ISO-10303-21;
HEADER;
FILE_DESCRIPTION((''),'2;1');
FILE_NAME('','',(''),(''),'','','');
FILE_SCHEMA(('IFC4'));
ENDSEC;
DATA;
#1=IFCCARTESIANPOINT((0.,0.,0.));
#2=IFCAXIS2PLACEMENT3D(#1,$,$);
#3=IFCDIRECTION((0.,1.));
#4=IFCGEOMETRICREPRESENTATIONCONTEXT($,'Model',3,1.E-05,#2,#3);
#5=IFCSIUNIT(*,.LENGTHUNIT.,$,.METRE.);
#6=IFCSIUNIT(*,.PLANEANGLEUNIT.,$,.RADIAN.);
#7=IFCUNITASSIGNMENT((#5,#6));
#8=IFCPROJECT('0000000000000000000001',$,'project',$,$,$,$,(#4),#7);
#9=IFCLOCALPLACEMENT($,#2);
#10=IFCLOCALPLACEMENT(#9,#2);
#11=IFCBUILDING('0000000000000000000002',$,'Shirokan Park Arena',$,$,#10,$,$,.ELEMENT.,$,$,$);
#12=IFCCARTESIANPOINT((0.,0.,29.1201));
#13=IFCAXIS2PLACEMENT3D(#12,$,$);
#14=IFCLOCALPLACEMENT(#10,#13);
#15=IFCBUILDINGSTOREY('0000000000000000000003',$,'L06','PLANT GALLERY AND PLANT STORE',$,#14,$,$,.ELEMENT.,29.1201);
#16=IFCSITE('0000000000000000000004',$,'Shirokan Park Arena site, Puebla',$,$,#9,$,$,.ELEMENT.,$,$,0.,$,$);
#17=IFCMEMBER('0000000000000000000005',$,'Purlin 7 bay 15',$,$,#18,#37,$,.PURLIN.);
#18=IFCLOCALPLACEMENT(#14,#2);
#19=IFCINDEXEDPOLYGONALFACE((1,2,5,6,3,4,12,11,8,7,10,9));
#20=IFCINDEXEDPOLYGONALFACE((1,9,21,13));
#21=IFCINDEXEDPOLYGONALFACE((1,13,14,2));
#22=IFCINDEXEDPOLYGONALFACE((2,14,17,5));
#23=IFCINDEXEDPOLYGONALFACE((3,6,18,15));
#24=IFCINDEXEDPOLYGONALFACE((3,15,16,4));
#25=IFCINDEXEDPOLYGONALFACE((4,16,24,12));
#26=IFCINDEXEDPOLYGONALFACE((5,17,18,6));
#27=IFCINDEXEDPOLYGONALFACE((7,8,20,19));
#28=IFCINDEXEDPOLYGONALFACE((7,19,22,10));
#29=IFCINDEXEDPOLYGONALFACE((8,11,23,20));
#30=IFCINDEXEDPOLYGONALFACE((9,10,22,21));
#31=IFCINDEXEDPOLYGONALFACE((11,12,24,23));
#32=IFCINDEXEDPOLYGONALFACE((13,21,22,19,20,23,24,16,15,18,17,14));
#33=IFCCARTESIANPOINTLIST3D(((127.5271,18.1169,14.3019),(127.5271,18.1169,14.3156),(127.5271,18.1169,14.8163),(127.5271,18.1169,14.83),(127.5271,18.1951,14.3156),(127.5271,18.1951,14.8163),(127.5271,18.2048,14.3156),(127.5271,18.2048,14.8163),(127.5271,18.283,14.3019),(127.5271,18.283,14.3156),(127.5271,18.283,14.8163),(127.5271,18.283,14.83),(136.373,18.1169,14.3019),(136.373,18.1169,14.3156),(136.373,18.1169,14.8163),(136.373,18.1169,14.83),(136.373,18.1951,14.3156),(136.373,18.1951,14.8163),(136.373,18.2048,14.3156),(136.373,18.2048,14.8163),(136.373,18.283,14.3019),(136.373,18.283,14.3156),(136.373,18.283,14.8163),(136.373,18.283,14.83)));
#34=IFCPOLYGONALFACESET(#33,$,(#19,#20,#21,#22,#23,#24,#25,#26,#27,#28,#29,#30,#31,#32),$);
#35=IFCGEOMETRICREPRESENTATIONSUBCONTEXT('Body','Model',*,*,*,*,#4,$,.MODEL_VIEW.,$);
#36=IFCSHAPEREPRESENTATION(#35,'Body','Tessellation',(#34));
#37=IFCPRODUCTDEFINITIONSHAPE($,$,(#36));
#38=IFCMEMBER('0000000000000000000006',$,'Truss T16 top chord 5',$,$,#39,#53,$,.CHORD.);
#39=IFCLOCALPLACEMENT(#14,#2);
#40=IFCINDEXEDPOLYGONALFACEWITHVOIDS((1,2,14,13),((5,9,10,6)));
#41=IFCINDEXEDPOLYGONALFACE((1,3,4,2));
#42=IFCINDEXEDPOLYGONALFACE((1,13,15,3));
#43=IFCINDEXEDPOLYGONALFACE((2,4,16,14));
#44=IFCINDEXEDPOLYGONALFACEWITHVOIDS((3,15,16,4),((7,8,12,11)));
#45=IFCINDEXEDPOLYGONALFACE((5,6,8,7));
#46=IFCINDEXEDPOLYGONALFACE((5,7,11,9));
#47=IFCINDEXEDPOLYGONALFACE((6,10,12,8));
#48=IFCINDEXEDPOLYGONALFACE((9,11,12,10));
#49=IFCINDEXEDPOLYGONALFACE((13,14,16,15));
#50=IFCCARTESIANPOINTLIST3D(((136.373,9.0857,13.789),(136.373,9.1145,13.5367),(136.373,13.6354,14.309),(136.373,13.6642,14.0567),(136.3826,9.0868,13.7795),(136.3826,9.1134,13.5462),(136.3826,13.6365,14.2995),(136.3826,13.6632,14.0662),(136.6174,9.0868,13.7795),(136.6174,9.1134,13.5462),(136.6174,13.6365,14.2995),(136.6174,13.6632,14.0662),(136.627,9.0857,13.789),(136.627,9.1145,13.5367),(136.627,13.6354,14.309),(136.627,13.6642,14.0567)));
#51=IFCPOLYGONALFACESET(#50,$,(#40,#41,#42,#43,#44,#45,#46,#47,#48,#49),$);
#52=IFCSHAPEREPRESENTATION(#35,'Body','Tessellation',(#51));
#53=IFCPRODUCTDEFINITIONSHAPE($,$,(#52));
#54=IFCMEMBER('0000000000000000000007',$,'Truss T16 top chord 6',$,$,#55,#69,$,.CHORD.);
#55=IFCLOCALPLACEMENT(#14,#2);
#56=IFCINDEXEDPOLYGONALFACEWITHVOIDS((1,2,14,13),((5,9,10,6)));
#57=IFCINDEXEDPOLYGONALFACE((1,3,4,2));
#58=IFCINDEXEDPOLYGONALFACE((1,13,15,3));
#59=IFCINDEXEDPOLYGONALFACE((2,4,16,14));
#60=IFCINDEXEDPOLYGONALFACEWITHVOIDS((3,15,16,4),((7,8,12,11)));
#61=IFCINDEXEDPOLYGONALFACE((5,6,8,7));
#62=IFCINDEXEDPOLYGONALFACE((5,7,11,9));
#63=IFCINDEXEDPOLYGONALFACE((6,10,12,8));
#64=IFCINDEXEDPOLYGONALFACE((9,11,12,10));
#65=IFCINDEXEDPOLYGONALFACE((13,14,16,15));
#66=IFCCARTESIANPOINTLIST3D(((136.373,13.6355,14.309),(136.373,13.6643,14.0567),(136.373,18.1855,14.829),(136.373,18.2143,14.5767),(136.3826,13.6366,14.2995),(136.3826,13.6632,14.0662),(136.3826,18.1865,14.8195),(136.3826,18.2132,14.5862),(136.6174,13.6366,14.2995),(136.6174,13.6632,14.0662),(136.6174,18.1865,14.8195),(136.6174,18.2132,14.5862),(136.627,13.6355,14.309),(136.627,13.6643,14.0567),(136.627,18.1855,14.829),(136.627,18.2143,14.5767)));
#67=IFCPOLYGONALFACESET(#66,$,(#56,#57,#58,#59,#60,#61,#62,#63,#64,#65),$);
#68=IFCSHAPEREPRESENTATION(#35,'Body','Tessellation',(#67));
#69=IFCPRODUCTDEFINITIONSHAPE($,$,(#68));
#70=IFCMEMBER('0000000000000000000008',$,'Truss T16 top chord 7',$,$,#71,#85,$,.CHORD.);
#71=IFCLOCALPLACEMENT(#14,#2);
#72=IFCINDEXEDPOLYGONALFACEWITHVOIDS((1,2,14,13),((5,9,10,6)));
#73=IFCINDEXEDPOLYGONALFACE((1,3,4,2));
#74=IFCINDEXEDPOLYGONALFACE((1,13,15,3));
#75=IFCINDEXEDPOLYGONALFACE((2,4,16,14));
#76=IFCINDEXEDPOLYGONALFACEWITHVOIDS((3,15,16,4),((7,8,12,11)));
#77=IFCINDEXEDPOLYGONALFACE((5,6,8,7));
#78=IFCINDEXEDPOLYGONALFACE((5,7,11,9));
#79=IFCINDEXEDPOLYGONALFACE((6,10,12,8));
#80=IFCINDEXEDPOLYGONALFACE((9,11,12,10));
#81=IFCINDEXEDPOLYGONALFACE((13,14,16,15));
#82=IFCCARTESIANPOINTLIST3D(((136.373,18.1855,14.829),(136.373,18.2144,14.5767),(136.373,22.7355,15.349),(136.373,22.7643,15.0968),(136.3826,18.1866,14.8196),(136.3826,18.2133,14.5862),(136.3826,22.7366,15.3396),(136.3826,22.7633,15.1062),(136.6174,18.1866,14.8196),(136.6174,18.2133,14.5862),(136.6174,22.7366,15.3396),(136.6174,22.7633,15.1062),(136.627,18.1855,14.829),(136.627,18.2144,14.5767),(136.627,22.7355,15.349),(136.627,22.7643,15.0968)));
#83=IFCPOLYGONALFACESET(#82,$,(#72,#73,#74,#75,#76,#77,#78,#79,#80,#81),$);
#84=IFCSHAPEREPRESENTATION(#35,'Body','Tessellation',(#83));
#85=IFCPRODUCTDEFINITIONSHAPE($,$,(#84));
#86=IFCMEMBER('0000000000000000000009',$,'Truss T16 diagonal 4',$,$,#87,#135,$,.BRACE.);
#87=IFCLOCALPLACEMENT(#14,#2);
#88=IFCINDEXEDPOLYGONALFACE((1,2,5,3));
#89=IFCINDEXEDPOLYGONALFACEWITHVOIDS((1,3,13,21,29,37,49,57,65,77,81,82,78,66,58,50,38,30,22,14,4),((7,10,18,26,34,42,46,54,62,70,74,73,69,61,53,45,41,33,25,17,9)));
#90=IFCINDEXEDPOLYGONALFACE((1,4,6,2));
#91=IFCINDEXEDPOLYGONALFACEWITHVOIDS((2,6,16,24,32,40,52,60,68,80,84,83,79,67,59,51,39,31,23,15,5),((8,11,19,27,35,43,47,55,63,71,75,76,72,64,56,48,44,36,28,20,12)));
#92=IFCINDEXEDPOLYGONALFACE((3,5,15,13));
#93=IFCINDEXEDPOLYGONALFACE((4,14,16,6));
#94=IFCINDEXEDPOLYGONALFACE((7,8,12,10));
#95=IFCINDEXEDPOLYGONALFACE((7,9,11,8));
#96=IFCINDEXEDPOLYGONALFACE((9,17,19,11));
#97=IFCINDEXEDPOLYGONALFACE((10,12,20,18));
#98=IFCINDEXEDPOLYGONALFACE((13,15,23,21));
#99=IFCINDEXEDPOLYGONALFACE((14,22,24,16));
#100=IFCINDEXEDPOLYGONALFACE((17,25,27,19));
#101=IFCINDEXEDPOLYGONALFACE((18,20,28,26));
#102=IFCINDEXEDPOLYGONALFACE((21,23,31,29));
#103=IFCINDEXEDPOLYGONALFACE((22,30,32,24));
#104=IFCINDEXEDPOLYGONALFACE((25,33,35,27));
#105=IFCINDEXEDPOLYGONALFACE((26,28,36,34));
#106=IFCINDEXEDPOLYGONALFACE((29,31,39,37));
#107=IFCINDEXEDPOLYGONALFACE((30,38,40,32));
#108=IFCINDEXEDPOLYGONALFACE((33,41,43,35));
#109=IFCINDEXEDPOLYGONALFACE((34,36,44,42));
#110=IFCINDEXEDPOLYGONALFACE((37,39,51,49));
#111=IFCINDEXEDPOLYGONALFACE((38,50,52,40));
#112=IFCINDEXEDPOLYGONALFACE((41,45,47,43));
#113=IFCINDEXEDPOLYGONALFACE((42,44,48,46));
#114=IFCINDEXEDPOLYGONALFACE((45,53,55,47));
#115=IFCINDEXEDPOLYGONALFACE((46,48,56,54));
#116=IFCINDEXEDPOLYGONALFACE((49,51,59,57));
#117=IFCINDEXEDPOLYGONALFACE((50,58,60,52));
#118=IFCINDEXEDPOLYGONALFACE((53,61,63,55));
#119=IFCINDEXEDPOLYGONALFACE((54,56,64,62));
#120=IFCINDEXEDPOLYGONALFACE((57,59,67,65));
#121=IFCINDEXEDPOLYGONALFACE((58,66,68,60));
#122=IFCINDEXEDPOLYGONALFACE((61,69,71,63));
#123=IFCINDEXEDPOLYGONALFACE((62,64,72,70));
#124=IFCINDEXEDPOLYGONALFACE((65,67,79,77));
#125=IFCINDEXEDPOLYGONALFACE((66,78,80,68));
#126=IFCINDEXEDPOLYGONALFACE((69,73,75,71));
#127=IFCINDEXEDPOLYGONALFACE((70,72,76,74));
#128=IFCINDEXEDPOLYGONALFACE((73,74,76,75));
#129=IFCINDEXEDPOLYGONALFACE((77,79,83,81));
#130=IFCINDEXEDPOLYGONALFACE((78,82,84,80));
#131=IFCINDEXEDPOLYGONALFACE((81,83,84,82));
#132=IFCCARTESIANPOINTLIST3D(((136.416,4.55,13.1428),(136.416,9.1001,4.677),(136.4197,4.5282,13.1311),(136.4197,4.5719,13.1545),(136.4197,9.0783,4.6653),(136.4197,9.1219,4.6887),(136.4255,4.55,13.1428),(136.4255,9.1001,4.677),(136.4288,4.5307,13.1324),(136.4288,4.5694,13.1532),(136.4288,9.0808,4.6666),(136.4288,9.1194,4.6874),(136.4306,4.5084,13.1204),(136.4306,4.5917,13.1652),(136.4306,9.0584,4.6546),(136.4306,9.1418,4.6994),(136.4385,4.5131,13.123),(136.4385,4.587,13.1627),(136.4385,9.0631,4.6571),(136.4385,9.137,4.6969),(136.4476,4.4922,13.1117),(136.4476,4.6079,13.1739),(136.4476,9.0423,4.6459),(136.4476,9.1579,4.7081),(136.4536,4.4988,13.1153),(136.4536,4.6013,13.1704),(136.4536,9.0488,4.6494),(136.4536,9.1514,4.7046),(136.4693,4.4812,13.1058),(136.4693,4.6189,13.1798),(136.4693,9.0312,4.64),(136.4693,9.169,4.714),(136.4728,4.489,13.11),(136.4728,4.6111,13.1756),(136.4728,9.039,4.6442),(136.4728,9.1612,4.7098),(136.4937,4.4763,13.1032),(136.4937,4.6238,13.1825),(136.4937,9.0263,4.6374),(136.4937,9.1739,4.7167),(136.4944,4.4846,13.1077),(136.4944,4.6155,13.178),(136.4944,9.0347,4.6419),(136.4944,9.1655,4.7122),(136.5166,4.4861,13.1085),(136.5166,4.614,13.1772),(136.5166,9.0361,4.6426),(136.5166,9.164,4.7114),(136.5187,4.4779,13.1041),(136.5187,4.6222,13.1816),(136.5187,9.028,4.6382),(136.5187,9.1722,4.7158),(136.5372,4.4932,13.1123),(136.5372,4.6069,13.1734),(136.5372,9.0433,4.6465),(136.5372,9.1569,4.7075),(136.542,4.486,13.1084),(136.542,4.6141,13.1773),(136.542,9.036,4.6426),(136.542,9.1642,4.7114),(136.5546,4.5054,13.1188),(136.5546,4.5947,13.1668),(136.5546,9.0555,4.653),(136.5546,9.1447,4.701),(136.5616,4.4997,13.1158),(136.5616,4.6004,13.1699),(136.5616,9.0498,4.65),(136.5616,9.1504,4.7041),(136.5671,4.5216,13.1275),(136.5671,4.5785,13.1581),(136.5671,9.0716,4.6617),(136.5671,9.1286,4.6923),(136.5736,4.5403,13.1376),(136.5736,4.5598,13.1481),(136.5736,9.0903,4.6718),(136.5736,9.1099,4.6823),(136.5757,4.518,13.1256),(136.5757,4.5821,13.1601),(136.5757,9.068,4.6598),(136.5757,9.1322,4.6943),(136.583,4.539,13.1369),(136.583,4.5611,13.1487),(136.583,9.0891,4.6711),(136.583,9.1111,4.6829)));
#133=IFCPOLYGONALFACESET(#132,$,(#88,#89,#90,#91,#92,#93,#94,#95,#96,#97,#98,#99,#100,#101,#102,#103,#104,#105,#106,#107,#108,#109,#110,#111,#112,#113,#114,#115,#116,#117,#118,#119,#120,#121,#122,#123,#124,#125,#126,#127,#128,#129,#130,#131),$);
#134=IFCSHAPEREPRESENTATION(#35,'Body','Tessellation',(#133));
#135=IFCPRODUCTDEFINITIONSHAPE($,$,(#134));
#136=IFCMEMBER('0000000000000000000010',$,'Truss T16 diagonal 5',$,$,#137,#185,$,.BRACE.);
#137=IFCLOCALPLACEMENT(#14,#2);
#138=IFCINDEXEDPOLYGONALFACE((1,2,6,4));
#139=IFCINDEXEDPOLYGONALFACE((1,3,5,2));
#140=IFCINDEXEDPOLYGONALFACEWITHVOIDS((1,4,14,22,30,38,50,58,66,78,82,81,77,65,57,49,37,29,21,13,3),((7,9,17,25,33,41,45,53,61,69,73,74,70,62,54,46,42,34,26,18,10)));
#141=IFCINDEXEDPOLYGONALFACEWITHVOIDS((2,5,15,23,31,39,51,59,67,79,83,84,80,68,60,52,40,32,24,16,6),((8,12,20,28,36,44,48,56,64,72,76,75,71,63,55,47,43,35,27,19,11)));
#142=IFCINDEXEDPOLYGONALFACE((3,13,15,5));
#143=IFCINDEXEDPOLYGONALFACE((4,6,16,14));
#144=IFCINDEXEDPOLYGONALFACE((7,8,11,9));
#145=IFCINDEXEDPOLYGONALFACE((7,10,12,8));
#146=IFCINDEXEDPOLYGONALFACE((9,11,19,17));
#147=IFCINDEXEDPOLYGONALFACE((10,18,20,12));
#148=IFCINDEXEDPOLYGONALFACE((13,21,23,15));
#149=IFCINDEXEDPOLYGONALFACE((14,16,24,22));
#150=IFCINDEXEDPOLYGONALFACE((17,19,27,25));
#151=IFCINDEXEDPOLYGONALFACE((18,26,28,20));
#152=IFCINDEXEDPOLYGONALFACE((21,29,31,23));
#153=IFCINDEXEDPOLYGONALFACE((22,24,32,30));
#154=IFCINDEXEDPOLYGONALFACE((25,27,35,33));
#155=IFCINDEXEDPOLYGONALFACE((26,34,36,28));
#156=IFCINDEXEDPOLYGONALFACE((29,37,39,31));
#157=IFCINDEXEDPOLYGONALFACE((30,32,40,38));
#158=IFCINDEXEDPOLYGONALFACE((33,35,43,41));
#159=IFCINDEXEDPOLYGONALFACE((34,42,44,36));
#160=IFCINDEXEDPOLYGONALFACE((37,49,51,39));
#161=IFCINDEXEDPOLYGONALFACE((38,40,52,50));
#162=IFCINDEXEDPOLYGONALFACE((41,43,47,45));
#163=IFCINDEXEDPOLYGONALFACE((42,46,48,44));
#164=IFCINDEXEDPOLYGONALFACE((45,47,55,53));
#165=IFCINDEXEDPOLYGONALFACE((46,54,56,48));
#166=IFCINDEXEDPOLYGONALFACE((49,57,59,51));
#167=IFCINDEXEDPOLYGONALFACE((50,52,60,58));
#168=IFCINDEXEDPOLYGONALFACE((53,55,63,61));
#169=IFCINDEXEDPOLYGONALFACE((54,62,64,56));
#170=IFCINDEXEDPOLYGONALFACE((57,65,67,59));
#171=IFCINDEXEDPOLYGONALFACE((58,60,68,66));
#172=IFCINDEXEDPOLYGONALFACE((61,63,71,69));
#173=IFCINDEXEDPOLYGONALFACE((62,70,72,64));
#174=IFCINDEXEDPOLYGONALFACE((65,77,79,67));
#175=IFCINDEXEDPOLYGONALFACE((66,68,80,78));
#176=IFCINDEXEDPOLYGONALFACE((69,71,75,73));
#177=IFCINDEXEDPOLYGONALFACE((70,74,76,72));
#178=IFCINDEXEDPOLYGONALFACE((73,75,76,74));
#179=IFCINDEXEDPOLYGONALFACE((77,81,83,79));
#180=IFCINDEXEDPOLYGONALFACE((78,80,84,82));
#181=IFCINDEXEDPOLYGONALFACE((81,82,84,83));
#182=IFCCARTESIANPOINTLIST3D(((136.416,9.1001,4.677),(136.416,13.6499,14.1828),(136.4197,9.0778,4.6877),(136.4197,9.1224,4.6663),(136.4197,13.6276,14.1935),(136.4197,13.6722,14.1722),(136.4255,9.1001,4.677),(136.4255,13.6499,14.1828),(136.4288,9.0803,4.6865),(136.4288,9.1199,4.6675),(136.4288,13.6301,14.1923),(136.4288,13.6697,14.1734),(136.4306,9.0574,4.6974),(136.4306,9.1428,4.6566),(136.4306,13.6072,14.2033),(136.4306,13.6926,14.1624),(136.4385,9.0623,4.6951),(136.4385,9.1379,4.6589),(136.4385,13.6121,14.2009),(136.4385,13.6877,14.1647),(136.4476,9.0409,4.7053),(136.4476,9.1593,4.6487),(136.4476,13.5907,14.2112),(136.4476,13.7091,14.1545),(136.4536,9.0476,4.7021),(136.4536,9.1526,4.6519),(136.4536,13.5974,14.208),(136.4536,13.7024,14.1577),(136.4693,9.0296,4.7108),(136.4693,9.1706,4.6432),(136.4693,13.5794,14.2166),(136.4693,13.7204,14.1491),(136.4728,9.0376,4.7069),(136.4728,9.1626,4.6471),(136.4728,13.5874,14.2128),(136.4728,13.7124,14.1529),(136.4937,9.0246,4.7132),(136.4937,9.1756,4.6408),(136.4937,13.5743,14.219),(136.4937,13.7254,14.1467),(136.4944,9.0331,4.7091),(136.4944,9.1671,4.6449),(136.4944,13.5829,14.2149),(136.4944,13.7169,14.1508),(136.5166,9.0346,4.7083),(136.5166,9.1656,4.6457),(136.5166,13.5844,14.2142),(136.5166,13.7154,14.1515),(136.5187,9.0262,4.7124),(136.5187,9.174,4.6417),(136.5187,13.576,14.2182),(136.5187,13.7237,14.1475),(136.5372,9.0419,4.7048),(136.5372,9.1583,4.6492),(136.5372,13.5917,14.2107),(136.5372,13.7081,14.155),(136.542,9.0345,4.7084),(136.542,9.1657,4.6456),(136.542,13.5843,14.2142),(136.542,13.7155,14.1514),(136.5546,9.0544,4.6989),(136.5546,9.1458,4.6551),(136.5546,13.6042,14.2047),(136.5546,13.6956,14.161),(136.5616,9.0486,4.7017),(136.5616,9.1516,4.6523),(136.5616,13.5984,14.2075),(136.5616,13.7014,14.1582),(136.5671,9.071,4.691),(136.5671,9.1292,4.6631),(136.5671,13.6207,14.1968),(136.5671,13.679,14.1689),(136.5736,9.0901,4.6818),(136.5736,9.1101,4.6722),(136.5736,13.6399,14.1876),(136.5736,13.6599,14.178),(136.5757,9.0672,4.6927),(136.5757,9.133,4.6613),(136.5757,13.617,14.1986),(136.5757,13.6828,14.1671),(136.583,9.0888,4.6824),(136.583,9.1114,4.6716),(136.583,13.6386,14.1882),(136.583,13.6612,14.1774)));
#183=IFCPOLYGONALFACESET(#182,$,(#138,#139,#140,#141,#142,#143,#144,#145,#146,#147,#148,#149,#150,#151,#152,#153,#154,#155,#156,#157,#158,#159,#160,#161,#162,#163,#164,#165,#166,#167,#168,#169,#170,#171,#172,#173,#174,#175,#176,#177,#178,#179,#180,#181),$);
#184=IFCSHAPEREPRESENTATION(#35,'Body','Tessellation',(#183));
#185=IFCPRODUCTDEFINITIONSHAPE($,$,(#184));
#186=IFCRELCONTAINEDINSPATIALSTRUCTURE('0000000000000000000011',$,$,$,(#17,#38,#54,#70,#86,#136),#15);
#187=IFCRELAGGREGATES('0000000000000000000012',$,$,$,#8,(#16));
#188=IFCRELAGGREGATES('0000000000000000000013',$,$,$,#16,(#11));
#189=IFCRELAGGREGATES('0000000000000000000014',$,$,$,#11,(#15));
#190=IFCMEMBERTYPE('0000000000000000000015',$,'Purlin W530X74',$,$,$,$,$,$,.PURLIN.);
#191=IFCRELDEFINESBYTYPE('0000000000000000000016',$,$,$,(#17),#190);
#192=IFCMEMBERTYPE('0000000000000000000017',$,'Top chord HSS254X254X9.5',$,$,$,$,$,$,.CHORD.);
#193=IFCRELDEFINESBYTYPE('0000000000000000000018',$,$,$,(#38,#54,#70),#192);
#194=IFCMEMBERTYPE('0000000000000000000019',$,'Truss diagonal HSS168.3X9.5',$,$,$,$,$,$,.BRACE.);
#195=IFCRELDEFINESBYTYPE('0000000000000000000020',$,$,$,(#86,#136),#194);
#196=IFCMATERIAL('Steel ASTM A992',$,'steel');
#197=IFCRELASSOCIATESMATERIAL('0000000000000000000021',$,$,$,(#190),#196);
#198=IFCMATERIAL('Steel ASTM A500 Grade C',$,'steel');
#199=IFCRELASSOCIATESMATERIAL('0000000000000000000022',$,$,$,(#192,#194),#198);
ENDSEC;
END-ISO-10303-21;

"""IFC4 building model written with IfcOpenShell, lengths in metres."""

from ifc_helpers import new_model, si_unit, direction, frame, origin, origin_2d, place, context, subcontext, project, spatial, hollow_rectangle, hollow_circle, i_section, extrude, material, material_profile, profile_set, type_object, element, save


model = new_model("IFC4")

# Units and contexts
model_context = context("Model", 3, precision=1e-05, world=origin(), true_north=direction((0.0, 1.0)))
body_context = subcontext(model_context, "Body", "Model", "MODEL_VIEW")
ifc_project = project(units=[si_unit("LENGTHUNIT", "METRE"), si_unit("PLANEANGLEUNIT", "RADIAN")], contexts=[model_context])

# Site, building, storey
site_placement = place(None, origin())
site = spatial("IfcSite", under=ifc_project, at=site_placement, Name="Shirokan Park Arena site, Puebla", CompositionType="ELEMENT", RefElevation=0.0)
building_placement = place(site_placement, origin())
building = spatial("IfcBuilding", under=site, at=building_placement, Name="Shirokan Park Arena", CompositionType="ELEMENT")
storey_placement = place(building_placement, frame((0.0, 0.0, 29.1201)))
storey = spatial("IfcBuildingStorey", under=building, at=storey_placement, Name="L06", Description="PLANT GALLERY AND PLANT STORE", CompositionType="ELEMENT", Elevation=29.1201)

# Members
ifc_material_1 = material(Name="Steel ASTM A500 Grade C", Category="steel")
ifc_material_2 = material(Name="Steel ASTM A992", Category="steel")
ifc_material_profile_1 = material_profile(ifc_material_2, i_section(OverallWidth=0.166, OverallDepth=0.5281, WebThickness=0.0098, FlangeThickness=0.0137, at=origin_2d()), Name="W530X74")
ifc_profile_set_1 = profile_set([ifc_material_profile_1], Name="Steel ASTM A992")
member_type_1 = type_object("IfcMemberType", Name="Purlin W530X74", PredefinedType="PURLIN", material=ifc_profile_set_1)
for number, where, z_axis, x_axis, name in (
    (1, (127.5271, 18.2, 14.5659), (1.0, 0.0, 0.0), (0.0, 1.0, 0.0), "Purlin 7 bay 15"),
):
    element("IfcMember", number, at=place(storey_placement, frame(where, z_axis=z_axis, x_axis=x_axis)), inside=storey, type_object=member_type_1, Name=name, PredefinedType="PURLIN", context=body_context, shape_type="SweptSolid", body=[
        extrude(i_section(OverallWidth=0.166, OverallDepth=0.5281, WebThickness=0.0098, FlangeThickness=0.0137, at=origin_2d()), origin(), (0.0, 0.0, 1.0), 8.8459),
    ])
ifc_material_profile_2 = material_profile(ifc_material_1, hollow_rectangle(XDim=0.2539, YDim=0.2539, WallThickness=0.0095, at=origin_2d()), Name="HSS254X254X9.5")
ifc_profile_set_2 = profile_set([ifc_material_profile_2], Name="Steel ASTM A500 Grade C")
member_type_2 = type_object("IfcMemberType", Name="Top chord HSS254X254X9.5", PredefinedType="CHORD", material=ifc_profile_set_2)
member_1_placement = place(storey_placement, frame((136.5, 9.1001, 13.6628), z_axis=(0.0, 0.993532, 0.113556), x_axis=(-1.0, 0.0, 0.0)))
element("IfcMember", 2, at=member_1_placement, inside=storey, type_object=member_type_2, Name="Truss T16 top chord 5", PredefinedType="CHORD", context=body_context, shape_type="SweptSolid", body=[
    extrude(hollow_rectangle(XDim=0.2539, YDim=0.2539, WallThickness=0.0095, at=origin_2d()), origin(), (0.0, 0.0, 1.0), 4.5793),
])
for number, where, z_axis, x_axis, name in (
    (3, (136.5, 13.6499, 14.1829), (0.0, 0.993532, 0.11355), (-1.0, 0.0, 0.0), "Truss T16 top chord 6"),
    (4, (136.5, 18.2, 14.7029), (0.0, 0.993532, 0.11355), (-1.0, 0.0, 0.0), "Truss T16 top chord 7"),
):
    element("IfcMember", number, at=place(storey_placement, frame(where, z_axis=z_axis, x_axis=x_axis)), inside=storey, type_object=member_type_2, Name=name, PredefinedType="CHORD", context=body_context, shape_type="SweptSolid", body=[
        extrude(hollow_rectangle(XDim=0.2539, YDim=0.2539, WallThickness=0.0095, at=origin_2d()), origin(), (0.0, 0.0, 1.0), 4.5796),
    ])
ifc_material_profile_3 = material_profile(ifc_material_1, hollow_circle(Radius=0.084, WallThickness=0.0095, at=origin_2d()), Name="HSS168.3X9.5")
ifc_profile_set_3 = profile_set([ifc_material_profile_3], Name="Steel ASTM A500 Grade C")
member_type_3 = type_object("IfcMemberType", Name="Truss diagonal HSS168.3X9.5", PredefinedType="BRACE", material=ifc_profile_set_3)
member_2_placement = place(storey_placement, frame((136.5, 4.55, 13.1428), z_axis=(0.0, 0.473417, -0.880839), x_axis=(-1.0, 0.0, 0.0)))
element("IfcMember", 5, at=member_2_placement, inside=storey, type_object=member_type_3, Name="Truss T16 diagonal 4", PredefinedType="BRACE", context=body_context, shape_type="SweptSolid", body=[
    extrude(hollow_circle(Radius=0.084, WallThickness=0.0095, at=origin_2d()), origin(), (0.0, 0.0, 1.0), 9.6111),
])
member_3_placement = place(storey_placement, frame((136.5, 9.1001, 4.677), z_axis=(0.0, 0.431728, 0.902004), x_axis=(-1.0, 0.0, 0.0)))
element("IfcMember", 6, at=member_3_placement, inside=storey, type_object=member_type_3, Name="Truss T16 diagonal 5", PredefinedType="BRACE", context=body_context, shape_type="SweptSolid", body=[
    extrude(hollow_circle(Radius=0.084, WallThickness=0.0095, at=origin_2d()), origin(), (0.0, 0.0, 1.0), 10.5386),
])

save(model, "model.ifc")
